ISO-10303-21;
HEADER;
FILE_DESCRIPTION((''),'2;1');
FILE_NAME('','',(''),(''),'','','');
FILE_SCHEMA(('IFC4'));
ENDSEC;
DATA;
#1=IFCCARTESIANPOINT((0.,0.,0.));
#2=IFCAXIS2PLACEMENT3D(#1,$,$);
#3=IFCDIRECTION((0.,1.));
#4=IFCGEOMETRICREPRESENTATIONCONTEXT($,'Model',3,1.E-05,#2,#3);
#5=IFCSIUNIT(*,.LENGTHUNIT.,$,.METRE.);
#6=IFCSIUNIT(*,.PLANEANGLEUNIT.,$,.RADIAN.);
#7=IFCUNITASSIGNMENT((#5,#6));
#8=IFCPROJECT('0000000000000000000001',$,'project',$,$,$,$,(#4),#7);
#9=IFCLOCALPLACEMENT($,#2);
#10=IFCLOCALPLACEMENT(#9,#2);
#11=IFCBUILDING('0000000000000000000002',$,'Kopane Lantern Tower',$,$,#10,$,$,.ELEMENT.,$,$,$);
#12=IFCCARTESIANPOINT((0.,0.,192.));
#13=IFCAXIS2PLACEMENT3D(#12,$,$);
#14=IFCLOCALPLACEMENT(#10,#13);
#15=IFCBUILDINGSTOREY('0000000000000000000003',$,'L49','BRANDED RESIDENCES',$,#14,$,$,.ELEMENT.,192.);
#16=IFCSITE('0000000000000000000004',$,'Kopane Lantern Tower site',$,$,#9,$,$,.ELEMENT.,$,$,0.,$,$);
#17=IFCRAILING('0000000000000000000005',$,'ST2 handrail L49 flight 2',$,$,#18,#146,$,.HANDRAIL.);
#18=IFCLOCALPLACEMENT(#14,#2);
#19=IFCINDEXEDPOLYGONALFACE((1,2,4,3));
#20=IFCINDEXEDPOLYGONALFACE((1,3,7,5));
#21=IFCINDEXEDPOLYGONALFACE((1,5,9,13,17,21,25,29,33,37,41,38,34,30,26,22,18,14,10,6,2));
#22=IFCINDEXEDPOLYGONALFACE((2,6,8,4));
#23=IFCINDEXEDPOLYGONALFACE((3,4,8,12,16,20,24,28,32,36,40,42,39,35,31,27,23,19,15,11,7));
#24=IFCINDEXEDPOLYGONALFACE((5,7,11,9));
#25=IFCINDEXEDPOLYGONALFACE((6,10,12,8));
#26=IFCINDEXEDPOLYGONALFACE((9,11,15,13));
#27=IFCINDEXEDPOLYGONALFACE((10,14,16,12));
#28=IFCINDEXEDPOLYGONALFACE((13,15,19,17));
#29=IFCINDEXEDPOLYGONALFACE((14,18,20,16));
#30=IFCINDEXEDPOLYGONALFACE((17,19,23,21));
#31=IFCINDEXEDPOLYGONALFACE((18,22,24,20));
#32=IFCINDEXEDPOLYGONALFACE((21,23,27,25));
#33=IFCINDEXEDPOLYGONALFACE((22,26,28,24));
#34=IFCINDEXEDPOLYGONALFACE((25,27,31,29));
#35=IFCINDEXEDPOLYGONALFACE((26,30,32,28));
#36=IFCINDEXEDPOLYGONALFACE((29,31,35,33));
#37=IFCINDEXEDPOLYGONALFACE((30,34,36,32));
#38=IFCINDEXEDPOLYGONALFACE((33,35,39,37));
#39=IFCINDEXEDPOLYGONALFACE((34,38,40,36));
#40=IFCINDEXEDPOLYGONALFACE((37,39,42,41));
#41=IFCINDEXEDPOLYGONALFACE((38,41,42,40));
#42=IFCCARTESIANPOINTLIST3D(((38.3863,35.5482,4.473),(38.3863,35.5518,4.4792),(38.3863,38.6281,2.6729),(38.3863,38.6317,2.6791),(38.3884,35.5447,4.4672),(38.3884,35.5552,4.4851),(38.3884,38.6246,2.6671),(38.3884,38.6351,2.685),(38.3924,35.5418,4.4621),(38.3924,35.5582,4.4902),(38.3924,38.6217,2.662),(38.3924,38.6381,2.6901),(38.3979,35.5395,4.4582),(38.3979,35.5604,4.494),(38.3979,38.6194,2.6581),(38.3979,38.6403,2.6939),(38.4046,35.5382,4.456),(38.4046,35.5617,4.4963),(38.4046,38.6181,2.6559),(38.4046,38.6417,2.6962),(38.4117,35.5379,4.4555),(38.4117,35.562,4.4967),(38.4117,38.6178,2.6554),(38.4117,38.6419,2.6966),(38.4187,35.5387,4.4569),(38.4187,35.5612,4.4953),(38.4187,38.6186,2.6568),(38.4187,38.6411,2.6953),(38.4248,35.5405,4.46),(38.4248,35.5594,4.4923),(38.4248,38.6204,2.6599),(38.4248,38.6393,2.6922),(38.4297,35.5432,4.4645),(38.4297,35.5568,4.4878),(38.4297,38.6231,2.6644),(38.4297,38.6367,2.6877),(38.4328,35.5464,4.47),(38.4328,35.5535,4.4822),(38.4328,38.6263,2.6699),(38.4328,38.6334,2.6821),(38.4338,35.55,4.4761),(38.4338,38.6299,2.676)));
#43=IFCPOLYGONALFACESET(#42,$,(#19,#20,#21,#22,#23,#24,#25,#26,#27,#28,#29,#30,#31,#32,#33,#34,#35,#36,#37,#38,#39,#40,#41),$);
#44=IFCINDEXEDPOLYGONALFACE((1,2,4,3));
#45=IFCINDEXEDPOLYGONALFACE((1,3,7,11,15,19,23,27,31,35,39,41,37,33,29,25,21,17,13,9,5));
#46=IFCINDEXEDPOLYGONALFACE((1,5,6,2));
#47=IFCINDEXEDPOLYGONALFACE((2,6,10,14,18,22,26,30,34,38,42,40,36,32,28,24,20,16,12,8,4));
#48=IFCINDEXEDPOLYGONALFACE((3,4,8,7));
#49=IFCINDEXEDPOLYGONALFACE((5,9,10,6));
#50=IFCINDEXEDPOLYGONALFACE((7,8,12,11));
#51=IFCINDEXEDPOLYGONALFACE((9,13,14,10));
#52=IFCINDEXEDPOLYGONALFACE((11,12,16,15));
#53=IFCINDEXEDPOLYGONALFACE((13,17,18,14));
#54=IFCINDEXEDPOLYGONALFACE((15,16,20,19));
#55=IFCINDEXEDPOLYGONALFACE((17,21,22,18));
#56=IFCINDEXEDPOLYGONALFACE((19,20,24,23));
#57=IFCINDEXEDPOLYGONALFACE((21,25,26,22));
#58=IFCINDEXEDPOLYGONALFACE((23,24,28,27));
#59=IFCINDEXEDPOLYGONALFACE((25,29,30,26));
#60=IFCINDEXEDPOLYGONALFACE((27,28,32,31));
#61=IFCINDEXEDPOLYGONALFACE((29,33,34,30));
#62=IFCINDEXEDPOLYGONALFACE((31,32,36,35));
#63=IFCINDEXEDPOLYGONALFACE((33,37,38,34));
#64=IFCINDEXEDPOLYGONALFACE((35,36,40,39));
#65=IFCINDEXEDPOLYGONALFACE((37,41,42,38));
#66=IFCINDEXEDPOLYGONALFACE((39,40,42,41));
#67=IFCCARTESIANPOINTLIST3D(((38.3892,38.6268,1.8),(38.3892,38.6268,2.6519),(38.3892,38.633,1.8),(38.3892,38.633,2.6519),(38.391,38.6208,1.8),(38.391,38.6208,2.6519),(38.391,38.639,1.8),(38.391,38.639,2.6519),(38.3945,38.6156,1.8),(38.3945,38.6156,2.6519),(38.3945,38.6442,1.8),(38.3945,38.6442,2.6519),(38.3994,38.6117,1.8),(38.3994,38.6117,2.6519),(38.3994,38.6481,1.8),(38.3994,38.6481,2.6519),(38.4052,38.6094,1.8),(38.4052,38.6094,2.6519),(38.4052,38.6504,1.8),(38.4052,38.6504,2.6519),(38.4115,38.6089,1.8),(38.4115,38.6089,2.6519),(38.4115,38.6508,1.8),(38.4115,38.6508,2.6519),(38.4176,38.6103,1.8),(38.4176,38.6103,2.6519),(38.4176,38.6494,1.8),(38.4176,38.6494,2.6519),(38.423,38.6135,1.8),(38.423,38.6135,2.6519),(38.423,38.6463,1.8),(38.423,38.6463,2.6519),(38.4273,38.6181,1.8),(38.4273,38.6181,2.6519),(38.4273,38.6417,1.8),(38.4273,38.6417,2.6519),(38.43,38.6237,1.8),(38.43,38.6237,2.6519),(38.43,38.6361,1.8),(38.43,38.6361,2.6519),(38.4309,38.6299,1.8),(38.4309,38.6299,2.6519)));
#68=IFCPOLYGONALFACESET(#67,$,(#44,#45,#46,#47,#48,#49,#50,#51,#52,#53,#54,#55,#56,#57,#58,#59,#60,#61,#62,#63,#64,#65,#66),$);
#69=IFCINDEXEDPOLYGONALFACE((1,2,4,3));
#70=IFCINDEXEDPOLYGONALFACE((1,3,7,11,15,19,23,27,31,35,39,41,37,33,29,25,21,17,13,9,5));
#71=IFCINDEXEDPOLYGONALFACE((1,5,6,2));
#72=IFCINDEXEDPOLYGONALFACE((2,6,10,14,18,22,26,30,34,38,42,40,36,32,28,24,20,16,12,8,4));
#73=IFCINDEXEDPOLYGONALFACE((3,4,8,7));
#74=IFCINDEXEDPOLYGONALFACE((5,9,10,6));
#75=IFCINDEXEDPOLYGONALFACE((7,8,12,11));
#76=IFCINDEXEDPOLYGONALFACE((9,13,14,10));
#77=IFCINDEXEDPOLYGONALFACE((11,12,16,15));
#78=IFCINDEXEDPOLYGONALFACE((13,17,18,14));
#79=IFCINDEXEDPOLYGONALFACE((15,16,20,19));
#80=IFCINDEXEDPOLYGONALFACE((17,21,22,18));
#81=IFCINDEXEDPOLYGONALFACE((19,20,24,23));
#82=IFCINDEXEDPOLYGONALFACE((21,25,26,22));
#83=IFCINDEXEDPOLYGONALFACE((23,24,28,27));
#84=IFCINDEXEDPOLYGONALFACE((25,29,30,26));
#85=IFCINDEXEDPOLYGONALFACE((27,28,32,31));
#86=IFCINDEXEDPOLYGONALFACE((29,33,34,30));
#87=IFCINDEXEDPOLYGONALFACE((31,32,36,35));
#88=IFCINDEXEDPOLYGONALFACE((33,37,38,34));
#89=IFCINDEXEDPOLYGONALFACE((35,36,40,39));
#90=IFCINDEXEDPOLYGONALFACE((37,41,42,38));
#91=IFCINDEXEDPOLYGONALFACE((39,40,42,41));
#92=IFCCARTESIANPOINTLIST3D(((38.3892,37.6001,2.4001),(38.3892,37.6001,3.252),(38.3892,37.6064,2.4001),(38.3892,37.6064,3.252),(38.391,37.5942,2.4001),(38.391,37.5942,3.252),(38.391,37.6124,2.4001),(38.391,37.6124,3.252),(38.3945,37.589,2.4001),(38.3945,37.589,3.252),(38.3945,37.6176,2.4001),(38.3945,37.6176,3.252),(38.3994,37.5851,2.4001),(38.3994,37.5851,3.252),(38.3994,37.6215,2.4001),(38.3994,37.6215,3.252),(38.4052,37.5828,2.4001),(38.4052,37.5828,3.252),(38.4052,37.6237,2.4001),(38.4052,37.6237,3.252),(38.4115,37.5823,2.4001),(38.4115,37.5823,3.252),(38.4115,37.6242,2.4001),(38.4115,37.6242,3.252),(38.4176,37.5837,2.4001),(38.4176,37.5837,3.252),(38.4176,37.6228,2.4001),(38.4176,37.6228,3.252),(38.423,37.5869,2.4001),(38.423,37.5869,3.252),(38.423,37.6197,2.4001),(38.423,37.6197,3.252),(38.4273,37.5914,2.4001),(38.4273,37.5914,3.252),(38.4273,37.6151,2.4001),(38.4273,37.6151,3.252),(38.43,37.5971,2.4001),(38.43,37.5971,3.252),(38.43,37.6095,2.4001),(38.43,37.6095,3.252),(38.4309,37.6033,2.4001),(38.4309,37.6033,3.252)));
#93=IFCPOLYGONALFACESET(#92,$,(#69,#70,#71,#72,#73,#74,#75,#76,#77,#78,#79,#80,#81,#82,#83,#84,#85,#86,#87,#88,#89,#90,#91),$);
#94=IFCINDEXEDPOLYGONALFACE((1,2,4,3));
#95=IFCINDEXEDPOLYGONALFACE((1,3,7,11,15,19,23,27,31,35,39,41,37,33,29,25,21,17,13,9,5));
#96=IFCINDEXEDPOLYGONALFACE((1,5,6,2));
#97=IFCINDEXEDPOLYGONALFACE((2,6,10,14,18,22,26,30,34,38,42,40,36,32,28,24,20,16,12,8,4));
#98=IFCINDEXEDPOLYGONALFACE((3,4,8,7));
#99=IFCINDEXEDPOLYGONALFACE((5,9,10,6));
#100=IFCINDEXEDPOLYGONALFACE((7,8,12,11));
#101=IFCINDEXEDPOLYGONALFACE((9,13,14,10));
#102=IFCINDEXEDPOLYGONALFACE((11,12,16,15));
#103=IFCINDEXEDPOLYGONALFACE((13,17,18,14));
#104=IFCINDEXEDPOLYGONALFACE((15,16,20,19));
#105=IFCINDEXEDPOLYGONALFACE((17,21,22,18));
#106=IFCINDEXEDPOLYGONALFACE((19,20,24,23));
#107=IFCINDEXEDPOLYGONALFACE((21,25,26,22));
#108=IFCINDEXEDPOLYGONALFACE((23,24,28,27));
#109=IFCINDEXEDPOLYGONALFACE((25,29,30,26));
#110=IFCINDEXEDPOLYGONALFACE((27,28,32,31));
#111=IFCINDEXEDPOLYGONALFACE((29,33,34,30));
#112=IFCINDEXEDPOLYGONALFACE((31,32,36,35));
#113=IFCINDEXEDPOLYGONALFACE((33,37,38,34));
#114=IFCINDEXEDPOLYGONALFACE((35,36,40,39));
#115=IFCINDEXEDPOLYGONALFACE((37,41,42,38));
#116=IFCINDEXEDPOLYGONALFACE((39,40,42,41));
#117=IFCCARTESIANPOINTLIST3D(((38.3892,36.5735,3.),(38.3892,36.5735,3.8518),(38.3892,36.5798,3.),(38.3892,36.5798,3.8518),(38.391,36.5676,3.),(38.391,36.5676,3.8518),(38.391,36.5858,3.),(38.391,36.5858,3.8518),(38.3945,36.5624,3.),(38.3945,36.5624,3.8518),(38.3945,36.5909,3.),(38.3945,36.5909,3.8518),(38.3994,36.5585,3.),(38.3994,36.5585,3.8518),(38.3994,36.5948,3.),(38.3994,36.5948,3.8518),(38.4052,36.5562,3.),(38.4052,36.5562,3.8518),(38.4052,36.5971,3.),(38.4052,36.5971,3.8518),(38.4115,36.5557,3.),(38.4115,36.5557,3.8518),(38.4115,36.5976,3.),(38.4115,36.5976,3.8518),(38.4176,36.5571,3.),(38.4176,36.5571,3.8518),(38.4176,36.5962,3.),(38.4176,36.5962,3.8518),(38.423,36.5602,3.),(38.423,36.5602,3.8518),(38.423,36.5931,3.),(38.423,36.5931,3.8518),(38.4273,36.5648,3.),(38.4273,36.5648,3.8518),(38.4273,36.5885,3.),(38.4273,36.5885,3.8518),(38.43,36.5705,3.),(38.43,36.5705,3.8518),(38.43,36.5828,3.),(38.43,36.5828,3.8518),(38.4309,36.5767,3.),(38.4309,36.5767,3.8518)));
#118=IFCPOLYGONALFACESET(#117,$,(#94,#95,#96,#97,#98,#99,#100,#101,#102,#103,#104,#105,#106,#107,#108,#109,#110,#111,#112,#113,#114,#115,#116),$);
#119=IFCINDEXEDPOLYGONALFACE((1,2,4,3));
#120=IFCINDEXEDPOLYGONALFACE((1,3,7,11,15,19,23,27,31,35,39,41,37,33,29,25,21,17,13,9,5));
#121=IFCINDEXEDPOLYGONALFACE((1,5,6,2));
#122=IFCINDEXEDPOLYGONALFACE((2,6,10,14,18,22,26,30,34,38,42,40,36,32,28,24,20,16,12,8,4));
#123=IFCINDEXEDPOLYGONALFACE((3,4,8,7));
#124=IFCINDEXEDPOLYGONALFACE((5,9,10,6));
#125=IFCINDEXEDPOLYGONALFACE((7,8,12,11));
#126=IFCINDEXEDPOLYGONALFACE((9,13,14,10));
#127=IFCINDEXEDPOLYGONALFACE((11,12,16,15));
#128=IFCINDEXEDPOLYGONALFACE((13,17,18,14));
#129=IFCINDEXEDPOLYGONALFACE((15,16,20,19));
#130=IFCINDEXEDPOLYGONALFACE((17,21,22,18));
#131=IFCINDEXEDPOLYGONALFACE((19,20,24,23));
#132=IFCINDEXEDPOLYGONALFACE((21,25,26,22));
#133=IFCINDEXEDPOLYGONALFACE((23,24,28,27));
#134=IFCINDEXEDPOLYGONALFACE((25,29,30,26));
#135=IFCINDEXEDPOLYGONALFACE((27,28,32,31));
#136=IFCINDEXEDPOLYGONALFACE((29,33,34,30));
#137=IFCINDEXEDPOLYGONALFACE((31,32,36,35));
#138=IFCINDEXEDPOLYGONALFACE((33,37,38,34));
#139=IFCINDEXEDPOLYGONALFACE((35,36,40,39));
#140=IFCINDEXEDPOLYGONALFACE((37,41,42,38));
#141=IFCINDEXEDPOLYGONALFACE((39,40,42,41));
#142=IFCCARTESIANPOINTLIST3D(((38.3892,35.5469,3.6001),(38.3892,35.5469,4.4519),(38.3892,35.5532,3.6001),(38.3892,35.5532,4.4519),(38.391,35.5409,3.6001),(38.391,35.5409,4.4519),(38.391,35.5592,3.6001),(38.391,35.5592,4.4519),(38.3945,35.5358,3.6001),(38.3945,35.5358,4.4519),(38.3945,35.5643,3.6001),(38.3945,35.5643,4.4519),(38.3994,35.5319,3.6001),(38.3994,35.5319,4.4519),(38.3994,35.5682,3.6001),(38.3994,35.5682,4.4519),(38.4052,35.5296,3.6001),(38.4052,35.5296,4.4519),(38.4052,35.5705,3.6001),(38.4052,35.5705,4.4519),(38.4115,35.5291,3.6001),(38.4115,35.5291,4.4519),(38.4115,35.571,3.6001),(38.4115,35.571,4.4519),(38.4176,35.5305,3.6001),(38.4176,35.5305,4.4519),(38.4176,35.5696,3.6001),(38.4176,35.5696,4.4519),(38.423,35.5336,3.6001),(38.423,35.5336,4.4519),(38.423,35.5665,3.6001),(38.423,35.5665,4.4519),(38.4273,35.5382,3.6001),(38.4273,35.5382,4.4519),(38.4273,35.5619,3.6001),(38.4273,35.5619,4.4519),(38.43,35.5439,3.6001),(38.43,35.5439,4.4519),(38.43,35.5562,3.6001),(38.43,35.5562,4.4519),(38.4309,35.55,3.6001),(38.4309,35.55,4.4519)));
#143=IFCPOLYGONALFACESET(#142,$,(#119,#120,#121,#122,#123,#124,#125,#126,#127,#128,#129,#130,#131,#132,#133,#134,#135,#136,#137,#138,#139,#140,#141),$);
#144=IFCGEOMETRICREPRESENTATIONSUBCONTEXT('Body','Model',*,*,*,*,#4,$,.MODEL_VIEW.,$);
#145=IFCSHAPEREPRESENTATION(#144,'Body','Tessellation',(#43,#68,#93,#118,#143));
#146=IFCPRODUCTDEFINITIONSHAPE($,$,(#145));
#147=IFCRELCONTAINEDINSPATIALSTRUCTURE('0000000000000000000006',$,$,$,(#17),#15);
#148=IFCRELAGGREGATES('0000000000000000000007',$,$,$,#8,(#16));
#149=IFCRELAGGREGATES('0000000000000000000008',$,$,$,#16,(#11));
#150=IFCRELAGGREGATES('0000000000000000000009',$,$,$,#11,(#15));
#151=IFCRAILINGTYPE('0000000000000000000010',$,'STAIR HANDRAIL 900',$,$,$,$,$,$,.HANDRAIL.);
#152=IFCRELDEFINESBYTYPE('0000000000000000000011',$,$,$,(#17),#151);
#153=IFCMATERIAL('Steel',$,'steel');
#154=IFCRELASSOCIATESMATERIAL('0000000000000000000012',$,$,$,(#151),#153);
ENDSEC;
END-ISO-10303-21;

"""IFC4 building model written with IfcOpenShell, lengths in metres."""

from ifc_helpers import new_model, si_unit, direction, frame, origin, origin_2d, place, context, subcontext, project, spatial, circle, extrude, material, type_object, element, save


model = new_model("IFC4")

# Units and contexts
model_context = context("Model", 3, precision=1e-05, world=origin(), true_north=direction((0.0, 1.0)))
body_context = subcontext(model_context, "Body", "Model", "MODEL_VIEW")
ifc_project = project(units=[si_unit("LENGTHUNIT", "METRE"), si_unit("PLANEANGLEUNIT", "RADIAN")], contexts=[model_context])

# Site, building, storey
site_placement = place(None, origin())
site = spatial("IfcSite", under=ifc_project, at=site_placement, Name="Kopane Lantern Tower site", CompositionType="ELEMENT", RefElevation=0.0)
building_placement = place(site_placement, origin())
building = spatial("IfcBuilding", under=site, at=building_placement, Name="Kopane Lantern Tower", CompositionType="ELEMENT")
storey_placement = place(building_placement, frame((0.0, 0.0, 192.0)))
storey = spatial("IfcBuildingStorey", under=building, at=storey_placement, Name="L49", Description="BRANDED RESIDENCES", CompositionType="ELEMENT", Elevation=192.0)

# Railing
ifc_material_1 = material(Name="Steel", Category="steel")
railing_type_1 = type_object("IfcRailingType", Name="STAIR HANDRAIL 900", PredefinedType="HANDRAIL", material=ifc_material_1)
for number, where, name in (
    (1, (38.4099, 38.6299, 1.8), "ST2 handrail L49 flight 2"),
):
    element("IfcRailing", number, at=place(storey_placement, frame(where)), inside=storey, type_object=railing_type_1, Name=name, PredefinedType="HANDRAIL", context=body_context, shape_type="SweptSolid", body=[
        extrude(circle(Radius=0.0239, at=origin_2d()), frame((0.0, 0.0, 0.876), z_axis=(0.0, -0.863354, 0.504598), x_axis=(1.0, 0.0, 0.0)), (0.0, 0.0, 1.0), 3.5674),
        extrude(circle(Radius=0.021, at=origin_2d()), origin(), (0.0, 0.0, 1.0), 0.8518),
        extrude(circle(Radius=0.021, at=origin_2d()), frame((0.0, -1.0266, 0.6001)), (0.0, 0.0, 1.0), 0.8518),
        extrude(circle(Radius=0.021, at=origin_2d()), frame((0.0, -2.0532, 1.2)), (0.0, 0.0, 1.0), 0.8518),
        extrude(circle(Radius=0.021, at=origin_2d()), frame((0.0, -3.0798, 1.8)), (0.0, 0.0, 1.0), 0.8518),
    ])

save(model, "model.ifc")
